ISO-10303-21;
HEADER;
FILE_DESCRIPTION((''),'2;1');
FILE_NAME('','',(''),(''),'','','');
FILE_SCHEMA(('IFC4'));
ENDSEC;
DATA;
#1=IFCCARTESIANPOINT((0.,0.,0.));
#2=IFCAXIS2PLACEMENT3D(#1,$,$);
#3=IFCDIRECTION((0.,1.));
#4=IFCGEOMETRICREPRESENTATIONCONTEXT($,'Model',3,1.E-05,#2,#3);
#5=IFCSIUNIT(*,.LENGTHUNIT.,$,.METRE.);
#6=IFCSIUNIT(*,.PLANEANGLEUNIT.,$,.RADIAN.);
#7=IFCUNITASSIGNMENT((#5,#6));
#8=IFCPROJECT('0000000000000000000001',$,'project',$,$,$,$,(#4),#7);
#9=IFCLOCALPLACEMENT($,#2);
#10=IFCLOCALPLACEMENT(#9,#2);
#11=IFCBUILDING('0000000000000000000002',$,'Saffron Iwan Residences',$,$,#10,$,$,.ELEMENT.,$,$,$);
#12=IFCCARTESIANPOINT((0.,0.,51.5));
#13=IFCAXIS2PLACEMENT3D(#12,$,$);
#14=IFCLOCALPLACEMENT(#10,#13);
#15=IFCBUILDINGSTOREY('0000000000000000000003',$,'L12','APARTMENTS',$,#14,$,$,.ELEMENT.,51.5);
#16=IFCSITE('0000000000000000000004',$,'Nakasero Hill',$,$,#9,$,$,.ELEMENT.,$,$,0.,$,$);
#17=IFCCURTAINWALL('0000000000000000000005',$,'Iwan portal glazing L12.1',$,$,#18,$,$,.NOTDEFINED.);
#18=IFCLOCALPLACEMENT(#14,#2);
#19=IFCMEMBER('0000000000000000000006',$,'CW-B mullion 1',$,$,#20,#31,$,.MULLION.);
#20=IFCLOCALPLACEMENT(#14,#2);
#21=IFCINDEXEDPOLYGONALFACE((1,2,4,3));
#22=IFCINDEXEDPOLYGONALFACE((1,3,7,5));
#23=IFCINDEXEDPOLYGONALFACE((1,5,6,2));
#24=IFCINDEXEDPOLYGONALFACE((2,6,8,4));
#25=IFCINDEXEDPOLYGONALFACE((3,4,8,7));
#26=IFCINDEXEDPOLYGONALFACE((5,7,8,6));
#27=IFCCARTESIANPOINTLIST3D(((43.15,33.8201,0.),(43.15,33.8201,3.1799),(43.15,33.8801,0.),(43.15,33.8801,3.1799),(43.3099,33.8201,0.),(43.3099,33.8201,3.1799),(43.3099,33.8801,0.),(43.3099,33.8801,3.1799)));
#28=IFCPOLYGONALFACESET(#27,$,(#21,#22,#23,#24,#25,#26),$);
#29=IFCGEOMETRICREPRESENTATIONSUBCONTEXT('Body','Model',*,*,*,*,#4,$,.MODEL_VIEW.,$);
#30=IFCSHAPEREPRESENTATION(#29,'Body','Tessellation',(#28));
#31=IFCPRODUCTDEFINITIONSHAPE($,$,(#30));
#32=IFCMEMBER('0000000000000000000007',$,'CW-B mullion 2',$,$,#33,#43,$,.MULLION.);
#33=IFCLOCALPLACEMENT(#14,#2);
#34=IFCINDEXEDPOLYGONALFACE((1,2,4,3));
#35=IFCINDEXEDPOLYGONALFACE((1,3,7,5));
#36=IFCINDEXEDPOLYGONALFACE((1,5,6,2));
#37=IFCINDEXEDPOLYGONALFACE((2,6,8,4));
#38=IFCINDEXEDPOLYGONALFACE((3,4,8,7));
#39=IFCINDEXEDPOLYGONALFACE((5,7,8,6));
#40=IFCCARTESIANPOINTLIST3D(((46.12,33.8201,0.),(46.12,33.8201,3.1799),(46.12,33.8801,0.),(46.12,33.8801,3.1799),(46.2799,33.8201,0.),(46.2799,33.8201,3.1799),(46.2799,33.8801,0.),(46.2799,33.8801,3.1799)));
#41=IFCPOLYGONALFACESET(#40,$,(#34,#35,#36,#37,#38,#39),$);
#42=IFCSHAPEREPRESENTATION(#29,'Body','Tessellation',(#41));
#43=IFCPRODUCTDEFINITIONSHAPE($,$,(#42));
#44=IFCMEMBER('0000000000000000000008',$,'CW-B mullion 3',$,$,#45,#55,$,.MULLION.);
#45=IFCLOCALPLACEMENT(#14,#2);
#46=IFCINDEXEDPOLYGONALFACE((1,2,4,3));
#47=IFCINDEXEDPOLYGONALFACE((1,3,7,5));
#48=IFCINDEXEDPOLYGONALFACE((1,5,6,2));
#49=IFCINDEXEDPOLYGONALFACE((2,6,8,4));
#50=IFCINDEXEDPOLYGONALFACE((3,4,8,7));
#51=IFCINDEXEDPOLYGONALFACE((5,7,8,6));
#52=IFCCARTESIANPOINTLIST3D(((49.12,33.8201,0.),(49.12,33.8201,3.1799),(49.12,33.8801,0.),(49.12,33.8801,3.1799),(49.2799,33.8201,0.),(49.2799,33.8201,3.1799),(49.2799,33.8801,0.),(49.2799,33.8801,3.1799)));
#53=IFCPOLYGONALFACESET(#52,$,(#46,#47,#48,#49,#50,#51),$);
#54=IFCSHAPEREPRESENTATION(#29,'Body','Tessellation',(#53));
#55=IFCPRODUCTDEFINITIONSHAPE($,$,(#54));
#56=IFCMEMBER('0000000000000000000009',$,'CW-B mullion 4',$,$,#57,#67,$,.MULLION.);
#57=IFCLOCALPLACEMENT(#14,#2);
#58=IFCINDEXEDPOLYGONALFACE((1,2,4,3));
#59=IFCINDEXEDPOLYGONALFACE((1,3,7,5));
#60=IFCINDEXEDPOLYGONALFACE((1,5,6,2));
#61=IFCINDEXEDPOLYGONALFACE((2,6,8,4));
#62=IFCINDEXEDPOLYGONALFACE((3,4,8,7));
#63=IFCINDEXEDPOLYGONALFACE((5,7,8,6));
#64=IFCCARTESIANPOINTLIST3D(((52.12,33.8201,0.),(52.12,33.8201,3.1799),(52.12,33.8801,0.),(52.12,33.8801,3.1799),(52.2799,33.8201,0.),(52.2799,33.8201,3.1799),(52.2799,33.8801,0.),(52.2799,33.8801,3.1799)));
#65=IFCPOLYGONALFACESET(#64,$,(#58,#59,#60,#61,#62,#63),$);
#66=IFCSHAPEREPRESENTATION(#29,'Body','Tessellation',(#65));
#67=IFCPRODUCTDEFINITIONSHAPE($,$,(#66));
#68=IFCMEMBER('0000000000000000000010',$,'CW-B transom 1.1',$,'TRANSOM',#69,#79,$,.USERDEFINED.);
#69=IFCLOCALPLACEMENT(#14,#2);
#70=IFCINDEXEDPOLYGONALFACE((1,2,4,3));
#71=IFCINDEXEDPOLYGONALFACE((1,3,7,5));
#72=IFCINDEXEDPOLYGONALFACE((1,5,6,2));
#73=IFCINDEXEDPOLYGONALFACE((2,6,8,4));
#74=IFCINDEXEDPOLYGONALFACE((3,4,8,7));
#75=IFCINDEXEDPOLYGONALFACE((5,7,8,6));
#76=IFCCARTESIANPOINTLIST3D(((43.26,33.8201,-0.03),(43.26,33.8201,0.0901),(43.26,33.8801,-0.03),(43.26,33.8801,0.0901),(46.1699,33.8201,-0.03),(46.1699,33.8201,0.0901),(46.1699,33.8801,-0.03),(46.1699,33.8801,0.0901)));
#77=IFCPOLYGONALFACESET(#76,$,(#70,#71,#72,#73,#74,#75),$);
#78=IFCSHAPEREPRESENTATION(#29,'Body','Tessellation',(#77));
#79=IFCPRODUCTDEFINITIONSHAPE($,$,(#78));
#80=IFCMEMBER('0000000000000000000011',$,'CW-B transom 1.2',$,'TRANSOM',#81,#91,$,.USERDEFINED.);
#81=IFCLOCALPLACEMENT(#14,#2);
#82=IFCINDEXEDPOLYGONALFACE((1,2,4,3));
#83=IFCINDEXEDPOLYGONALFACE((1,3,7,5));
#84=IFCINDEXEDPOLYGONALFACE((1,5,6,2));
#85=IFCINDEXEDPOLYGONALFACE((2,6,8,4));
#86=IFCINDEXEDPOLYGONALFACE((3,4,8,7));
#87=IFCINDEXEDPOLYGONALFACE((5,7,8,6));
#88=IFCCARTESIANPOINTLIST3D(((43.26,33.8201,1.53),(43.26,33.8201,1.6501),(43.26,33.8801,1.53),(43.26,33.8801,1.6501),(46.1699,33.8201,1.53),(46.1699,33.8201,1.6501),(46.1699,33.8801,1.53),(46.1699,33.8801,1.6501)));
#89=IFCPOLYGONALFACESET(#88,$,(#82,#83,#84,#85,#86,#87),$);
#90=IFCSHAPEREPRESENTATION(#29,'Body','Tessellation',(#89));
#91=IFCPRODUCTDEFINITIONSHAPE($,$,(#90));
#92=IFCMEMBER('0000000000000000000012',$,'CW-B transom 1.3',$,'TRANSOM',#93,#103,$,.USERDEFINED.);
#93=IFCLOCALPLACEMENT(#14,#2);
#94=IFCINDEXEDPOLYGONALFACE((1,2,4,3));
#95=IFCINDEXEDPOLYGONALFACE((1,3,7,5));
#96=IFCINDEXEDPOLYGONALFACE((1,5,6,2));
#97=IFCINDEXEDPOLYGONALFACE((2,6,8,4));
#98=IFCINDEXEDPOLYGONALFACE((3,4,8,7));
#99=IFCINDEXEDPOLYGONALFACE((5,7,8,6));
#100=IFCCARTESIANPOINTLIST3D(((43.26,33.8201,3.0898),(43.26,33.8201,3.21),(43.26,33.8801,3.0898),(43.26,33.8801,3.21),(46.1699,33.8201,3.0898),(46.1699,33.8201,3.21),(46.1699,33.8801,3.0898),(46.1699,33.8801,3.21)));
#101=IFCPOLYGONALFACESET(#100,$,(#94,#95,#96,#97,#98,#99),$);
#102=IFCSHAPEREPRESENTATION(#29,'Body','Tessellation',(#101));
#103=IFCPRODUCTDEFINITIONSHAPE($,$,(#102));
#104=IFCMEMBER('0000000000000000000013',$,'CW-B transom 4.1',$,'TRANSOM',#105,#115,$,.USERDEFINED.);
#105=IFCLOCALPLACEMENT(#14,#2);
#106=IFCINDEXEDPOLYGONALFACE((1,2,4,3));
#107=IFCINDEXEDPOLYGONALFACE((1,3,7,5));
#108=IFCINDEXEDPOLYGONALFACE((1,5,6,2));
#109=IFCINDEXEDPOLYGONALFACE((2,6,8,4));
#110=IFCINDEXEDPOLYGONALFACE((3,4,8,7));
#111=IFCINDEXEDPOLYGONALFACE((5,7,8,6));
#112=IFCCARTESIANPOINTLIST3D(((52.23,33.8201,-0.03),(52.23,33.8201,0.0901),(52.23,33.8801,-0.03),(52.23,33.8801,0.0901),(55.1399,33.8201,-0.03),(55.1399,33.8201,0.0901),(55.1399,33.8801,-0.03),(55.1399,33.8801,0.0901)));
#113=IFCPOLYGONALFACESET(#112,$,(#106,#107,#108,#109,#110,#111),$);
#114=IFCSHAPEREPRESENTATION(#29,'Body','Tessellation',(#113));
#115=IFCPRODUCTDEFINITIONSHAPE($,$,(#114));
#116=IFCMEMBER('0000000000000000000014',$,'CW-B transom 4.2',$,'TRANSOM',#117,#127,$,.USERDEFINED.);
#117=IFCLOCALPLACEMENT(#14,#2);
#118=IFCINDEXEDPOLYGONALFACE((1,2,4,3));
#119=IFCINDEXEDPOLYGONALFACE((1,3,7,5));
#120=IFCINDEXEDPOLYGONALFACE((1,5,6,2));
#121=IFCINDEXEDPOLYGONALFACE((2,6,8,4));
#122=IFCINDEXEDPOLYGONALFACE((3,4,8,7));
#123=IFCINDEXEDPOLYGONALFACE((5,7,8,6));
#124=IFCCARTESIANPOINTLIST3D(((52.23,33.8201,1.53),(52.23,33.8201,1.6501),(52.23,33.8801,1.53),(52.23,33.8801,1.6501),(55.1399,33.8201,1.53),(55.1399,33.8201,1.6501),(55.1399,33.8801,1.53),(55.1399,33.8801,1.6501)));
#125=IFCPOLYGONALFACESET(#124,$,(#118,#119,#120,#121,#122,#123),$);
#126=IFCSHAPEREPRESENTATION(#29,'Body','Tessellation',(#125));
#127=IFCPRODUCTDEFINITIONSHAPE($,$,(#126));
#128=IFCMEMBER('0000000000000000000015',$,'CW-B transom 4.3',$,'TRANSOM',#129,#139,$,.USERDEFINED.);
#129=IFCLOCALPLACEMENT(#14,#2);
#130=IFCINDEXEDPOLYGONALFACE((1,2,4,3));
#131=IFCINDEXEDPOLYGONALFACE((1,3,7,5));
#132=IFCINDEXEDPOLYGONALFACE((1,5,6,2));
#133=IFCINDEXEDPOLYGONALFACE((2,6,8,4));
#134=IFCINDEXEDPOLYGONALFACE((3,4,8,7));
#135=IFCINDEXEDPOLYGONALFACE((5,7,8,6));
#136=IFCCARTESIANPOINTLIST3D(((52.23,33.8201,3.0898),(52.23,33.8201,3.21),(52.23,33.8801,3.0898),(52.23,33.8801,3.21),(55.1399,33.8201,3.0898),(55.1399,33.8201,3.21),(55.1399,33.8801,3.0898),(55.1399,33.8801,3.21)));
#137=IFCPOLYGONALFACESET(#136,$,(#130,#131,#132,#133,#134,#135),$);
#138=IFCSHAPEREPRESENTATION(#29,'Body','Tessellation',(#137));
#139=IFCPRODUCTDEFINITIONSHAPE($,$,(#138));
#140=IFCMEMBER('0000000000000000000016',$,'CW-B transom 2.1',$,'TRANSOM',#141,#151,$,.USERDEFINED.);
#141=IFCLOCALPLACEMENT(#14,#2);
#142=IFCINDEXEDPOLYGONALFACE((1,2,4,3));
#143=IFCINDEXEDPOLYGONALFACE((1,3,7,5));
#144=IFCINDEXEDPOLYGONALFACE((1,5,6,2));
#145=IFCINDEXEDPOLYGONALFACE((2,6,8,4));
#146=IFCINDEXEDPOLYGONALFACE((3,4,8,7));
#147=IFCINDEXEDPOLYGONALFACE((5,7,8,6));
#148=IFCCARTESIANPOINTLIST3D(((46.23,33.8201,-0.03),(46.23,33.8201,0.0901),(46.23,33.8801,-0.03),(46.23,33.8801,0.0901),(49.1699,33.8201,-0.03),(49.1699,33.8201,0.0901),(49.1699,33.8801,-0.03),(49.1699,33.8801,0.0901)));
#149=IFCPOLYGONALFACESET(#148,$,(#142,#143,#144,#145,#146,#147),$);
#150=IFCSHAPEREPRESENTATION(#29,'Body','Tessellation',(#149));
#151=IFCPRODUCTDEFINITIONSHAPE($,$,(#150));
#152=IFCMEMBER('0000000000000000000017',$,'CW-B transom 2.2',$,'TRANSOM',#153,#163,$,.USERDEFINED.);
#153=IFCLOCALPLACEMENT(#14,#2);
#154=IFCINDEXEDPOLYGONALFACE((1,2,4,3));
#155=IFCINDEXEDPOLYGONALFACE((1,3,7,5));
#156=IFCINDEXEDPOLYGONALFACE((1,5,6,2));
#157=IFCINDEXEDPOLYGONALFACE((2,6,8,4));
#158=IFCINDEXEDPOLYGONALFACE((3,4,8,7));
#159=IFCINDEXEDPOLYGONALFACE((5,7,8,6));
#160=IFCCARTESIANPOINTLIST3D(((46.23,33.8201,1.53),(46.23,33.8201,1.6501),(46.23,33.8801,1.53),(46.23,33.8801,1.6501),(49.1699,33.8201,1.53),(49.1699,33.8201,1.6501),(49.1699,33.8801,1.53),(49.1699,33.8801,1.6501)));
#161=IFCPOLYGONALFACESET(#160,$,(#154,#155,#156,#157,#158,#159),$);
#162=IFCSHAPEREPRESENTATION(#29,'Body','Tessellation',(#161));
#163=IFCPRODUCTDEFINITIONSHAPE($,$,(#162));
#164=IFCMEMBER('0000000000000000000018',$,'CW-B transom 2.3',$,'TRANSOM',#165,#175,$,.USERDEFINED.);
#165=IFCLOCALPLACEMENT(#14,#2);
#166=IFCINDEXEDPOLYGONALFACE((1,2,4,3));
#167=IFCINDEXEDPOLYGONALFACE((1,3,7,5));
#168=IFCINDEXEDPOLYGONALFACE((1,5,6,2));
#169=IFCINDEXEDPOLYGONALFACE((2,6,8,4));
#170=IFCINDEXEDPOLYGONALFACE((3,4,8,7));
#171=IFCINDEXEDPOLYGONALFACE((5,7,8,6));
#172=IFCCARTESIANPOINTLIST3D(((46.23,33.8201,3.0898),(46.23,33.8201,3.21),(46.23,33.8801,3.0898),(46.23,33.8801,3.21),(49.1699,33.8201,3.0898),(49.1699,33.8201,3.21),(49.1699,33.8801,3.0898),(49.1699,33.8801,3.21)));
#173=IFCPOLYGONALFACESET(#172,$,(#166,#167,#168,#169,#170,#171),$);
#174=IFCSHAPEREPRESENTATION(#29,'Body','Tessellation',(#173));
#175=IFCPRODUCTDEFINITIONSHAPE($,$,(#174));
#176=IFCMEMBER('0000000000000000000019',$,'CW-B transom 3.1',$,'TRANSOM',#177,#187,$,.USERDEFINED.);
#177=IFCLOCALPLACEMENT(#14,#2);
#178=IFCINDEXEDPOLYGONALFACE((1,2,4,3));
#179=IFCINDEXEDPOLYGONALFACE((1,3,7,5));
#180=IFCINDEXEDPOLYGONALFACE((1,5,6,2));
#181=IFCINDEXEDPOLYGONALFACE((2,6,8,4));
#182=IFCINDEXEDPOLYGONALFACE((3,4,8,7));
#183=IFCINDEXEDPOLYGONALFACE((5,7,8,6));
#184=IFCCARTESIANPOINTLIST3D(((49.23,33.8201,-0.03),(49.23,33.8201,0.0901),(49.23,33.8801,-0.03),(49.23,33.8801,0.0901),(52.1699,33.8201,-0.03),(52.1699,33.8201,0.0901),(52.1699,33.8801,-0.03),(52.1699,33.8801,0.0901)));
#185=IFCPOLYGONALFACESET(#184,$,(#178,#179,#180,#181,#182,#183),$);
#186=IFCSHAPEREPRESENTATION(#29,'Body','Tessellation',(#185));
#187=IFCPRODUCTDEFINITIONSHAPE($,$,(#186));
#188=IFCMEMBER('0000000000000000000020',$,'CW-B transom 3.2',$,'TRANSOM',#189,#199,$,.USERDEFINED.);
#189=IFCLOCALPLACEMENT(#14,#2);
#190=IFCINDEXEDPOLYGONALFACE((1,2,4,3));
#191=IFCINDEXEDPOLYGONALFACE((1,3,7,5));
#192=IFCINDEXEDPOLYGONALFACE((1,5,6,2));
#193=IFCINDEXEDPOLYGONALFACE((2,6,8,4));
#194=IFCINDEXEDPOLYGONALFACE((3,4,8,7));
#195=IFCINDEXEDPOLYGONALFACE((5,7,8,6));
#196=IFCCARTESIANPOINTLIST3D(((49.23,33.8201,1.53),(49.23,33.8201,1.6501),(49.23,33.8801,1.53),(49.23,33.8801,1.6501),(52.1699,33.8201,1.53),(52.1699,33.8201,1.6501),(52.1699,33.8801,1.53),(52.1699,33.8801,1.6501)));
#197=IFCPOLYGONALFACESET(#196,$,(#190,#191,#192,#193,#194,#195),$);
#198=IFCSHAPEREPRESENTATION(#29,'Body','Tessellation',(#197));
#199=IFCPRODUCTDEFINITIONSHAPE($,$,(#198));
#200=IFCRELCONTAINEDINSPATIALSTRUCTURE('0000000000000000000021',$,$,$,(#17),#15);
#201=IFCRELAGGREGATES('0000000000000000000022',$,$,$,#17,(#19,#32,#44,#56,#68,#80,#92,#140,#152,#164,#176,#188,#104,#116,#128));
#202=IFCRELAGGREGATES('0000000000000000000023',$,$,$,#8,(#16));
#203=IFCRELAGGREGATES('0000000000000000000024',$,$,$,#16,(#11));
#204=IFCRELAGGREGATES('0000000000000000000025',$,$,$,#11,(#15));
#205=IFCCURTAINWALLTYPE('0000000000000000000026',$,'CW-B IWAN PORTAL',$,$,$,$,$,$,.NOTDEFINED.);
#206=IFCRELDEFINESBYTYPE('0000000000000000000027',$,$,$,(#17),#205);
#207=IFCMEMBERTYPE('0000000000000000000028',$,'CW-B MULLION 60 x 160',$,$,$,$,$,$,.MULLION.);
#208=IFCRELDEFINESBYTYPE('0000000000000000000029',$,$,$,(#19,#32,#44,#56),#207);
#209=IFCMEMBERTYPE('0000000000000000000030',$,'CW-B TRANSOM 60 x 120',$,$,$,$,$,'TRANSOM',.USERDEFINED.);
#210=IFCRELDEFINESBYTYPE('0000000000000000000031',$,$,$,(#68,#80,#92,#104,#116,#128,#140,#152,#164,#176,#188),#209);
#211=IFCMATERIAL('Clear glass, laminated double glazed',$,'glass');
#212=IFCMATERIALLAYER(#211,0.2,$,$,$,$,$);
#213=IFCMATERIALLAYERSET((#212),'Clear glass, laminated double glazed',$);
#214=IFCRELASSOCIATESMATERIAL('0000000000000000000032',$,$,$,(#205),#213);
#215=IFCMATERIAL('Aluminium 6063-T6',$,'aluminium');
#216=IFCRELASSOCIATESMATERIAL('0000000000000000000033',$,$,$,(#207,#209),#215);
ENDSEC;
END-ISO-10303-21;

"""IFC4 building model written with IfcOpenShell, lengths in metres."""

from ifc_helpers import new_model, si_unit, direction, frame, origin, origin_2d, place, context, subcontext, project, spatial, rectangle, extrude, source, transform, mapped, material, layer, layer_set, material_profile, profile_set, type_object, element, aggregate, save


model = new_model("IFC4")

# Units and contexts
model_context = context("Model", 3, precision=1e-05, world=origin(), true_north=direction((0.0, 1.0)))
body_context = subcontext(model_context, "Body", "Model", "MODEL_VIEW")
ifc_project = project(units=[si_unit("LENGTHUNIT", "METRE"), si_unit("PLANEANGLEUNIT", "RADIAN")], contexts=[model_context])

# Site, building, storey
site_placement = place(None, origin())
site = spatial("IfcSite", under=ifc_project, at=site_placement, Name="Nakasero Hill", CompositionType="ELEMENT", RefElevation=0.0)
building_placement = place(site_placement, origin())
building = spatial("IfcBuilding", under=site, at=building_placement, Name="Saffron Iwan Residences", CompositionType="ELEMENT")
storey_placement = place(building_placement, frame((0.0, 0.0, 51.5)))
storey = spatial("IfcBuildingStorey", under=building, at=storey_placement, Name="L12", Description="APARTMENTS", CompositionType="ELEMENT", Elevation=51.5)

# Curtain wall, members
ifc_material_1 = material(Name="Clear glass, laminated double glazed", Category="glass")
ifc_layer_1 = layer(ifc_material_1, 0.2)
ifc_layer_set_1 = layer_set([ifc_layer_1], Name="Clear glass, laminated double glazed")
curtain_wall_type = type_object("IfcCurtainWallType", Name="CW-B IWAN PORTAL", PredefinedType="NOTDEFINED", material=ifc_layer_set_1)
curtain_wall_placement = place(storey_placement, origin())
curtain_wall = element("IfcCurtainWall", 1, at=curtain_wall_placement, inside=storey, type_object=curtain_wall_type, Name="Iwan portal glazing L12.1", PredefinedType="NOTDEFINED")
ifc_material_2 = material(Name="Aluminium 6063-T6", Category="aluminium")
ifc_material_profile_1 = material_profile(ifc_material_2, rectangle(XDim=0.0601, YDim=0.1599, at=origin_2d()), Name="CW-B MULLION 60 x 160")
ifc_profile_set_1 = profile_set([ifc_material_profile_1], Name="Aluminium 6063-T6")
member_type_1 = type_object("IfcMemberType", Name="CW-B MULLION 60 x 160", PredefinedType="MULLION", material=ifc_profile_set_1)
shared_shape_1 = source(origin(), body_context, "Body", "SweptSolid", [
    extrude(rectangle(XDim=0.0601, YDim=0.1599, at=origin_2d()), origin(), (0.0, 0.0, 1.0), 3.1799),
])
member_1_placement = place(storey_placement, frame((43.23, 33.8501, 0.0), z_axis=(0.0, 0.0, 1.0), x_axis=(0.0, 1.0, 0.0)))
member_1 = element("IfcMember", 2, at=member_1_placement, type_object=member_type_1, Name="CW-B mullion 1", PredefinedType="MULLION", context=body_context, shape_type="MappedRepresentation", body=[
    mapped(shared_shape_1, transform((0.0, 0.0, 0.0))),
])
member_2_placement = place(storey_placement, frame((46.2, 33.8501, 0.0), z_axis=(0.0, 0.0, 1.0), x_axis=(0.0, 1.0, 0.0)))
member_2 = element("IfcMember", 3, at=member_2_placement, type_object=member_type_1, Name="CW-B mullion 2", PredefinedType="MULLION", context=body_context, shape_type="MappedRepresentation", body=[
    mapped(shared_shape_1, transform((0.0, 0.0, 0.0))),
])
member_3_placement = place(storey_placement, frame((49.2, 33.8501, 0.0), z_axis=(0.0, 0.0, 1.0), x_axis=(0.0, 1.0, 0.0)))
member_3 = element("IfcMember", 4, at=member_3_placement, type_object=member_type_1, Name="CW-B mullion 3", PredefinedType="MULLION", context=body_context, shape_type="MappedRepresentation", body=[
    mapped(shared_shape_1, transform((0.0, 0.0, 0.0))),
])
member_4_placement = place(storey_placement, frame((52.2, 33.8501, 0.0), z_axis=(0.0, 0.0, 1.0), x_axis=(0.0, 1.0, 0.0)))
member_4 = element("IfcMember", 5, at=member_4_placement, type_object=member_type_1, Name="CW-B mullion 4", PredefinedType="MULLION", context=body_context, shape_type="MappedRepresentation", body=[
    mapped(shared_shape_1, transform((0.0, 0.0, 0.0))),
])
ifc_material_profile_2 = material_profile(ifc_material_2, rectangle(XDim=0.0601, YDim=0.1201, at=origin_2d()), Name="CW-B TRANSOM 60 x 120")
ifc_profile_set_2 = profile_set([ifc_material_profile_2], Name="Aluminium 6063-T6")
member_type_2 = type_object("IfcMemberType", Name="CW-B TRANSOM 60 x 120", ElementType="TRANSOM", PredefinedType="USERDEFINED", material=ifc_profile_set_2)
shared_shape_2 = source(origin(), body_context, "Body", "SweptSolid", [
    extrude(rectangle(XDim=0.0601, YDim=0.1201, at=origin_2d()), origin(), (0.0, 0.0, 1.0), 2.9099),
])
member_5_placement = place(storey_placement, frame((43.26, 33.8501, 0.03), z_axis=(1.0, 0.0, 0.0), x_axis=(0.0, 1.0, 0.0)))
member_5 = element("IfcMember", 6, at=member_5_placement, type_object=member_type_2, Name="CW-B transom 1.1", ObjectType="TRANSOM", PredefinedType="USERDEFINED", context=body_context, shape_type="MappedRepresentation", body=[
    mapped(shared_shape_2, transform((0.0, 0.0, 0.0))),
])
member_6_placement = place(storey_placement, frame((43.26, 33.8501, 1.5901), z_axis=(1.0, 0.0, 0.0), x_axis=(0.0, 1.0, 0.0)))
member_6 = element("IfcMember", 7, at=member_6_placement, type_object=member_type_2, Name="CW-B transom 1.2", ObjectType="TRANSOM", PredefinedType="USERDEFINED", context=body_context, shape_type="MappedRepresentation", body=[
    mapped(shared_shape_2, transform((0.0, 0.0, 0.0))),
])
member_7_placement = place(storey_placement, frame((43.26, 33.8501, 3.1499), z_axis=(1.0, 0.0, 0.0), x_axis=(0.0, 1.0, 0.0)))
member_7 = element("IfcMember", 8, at=member_7_placement, type_object=member_type_2, Name="CW-B transom 1.3", ObjectType="TRANSOM", PredefinedType="USERDEFINED", context=body_context, shape_type="MappedRepresentation", body=[
    mapped(shared_shape_2, transform((0.0, 0.0, 0.0))),
])
member_8_placement = place(storey_placement, frame((52.23, 33.8501, 0.03), z_axis=(1.0, 0.0, 0.0), x_axis=(0.0, 1.0, 0.0)))
member_8 = element("IfcMember", 9, at=member_8_placement, type_object=member_type_2, Name="CW-B transom 4.1", ObjectType="TRANSOM", PredefinedType="USERDEFINED", context=body_context, shape_type="MappedRepresentation", body=[
    mapped(shared_shape_2, transform((0.0, 0.0, 0.0))),
])
member_9_placement = place(storey_placement, frame((52.23, 33.8501, 1.5901), z_axis=(1.0, 0.0, 0.0), x_axis=(0.0, 1.0, 0.0)))
member_9 = element("IfcMember", 10, at=member_9_placement, type_object=member_type_2, Name="CW-B transom 4.2", ObjectType="TRANSOM", PredefinedType="USERDEFINED", context=body_context, shape_type="MappedRepresentation", body=[
    mapped(shared_shape_2, transform((0.0, 0.0, 0.0))),
])
member_10_placement = place(storey_placement, frame((52.23, 33.8501, 3.1499), z_axis=(1.0, 0.0, 0.0), x_axis=(0.0, 1.0, 0.0)))
member_10 = element("IfcMember", 11, at=member_10_placement, type_object=member_type_2, Name="CW-B transom 4.3", ObjectType="TRANSOM", PredefinedType="USERDEFINED", context=body_context, shape_type="MappedRepresentation", body=[
    mapped(shared_shape_2, transform((0.0, 0.0, 0.0))),
])
shared_shape_3 = source(origin(), body_context, "Body", "SweptSolid", [
    extrude(rectangle(XDim=0.0601, YDim=0.1201, at=origin_2d()), origin(), (0.0, 0.0, 1.0), 2.9399),
])
member_11_placement = place(storey_placement, frame((46.23, 33.8501, 0.03), z_axis=(1.0, 0.0, 0.0), x_axis=(0.0, 1.0, 0.0)))
member_11 = element("IfcMember", 12, at=member_11_placement, type_object=member_type_2, Name="CW-B transom 2.1", ObjectType="TRANSOM", PredefinedType="USERDEFINED", context=body_context, shape_type="MappedRepresentation", body=[
    mapped(shared_shape_3, transform((0.0, 0.0, 0.0))),
])
member_12_placement = place(storey_placement, frame((46.23, 33.8501, 1.5901), z_axis=(1.0, 0.0, 0.0), x_axis=(0.0, 1.0, 0.0)))
member_12 = element("IfcMember", 13, at=member_12_placement, type_object=member_type_2, Name="CW-B transom 2.2", ObjectType="TRANSOM", PredefinedType="USERDEFINED", context=body_context, shape_type="MappedRepresentation", body=[
    mapped(shared_shape_3, transform((0.0, 0.0, 0.0))),
])
member_13_placement = place(storey_placement, frame((46.23, 33.8501, 3.1499), z_axis=(1.0, 0.0, 0.0), x_axis=(0.0, 1.0, 0.0)))
member_13 = element("IfcMember", 14, at=member_13_placement, type_object=member_type_2, Name="CW-B transom 2.3", ObjectType="TRANSOM", PredefinedType="USERDEFINED", context=body_context, shape_type="MappedRepresentation", body=[
    mapped(shared_shape_3, transform((0.0, 0.0, 0.0))),
])
member_14_placement = place(storey_placement, frame((49.23, 33.8501, 0.03), z_axis=(1.0, 0.0, 0.0), x_axis=(0.0, 1.0, 0.0)))
member_14 = element("IfcMember", 15, at=member_14_placement, type_object=member_type_2, Name="CW-B transom 3.1", ObjectType="TRANSOM", PredefinedType="USERDEFINED", context=body_context, shape_type="MappedRepresentation", body=[
    mapped(shared_shape_3, transform((0.0, 0.0, 0.0))),
])
member_15_placement = place(storey_placement, frame((49.23, 33.8501, 1.5901), z_axis=(1.0, 0.0, 0.0), x_axis=(0.0, 1.0, 0.0)))
member_15 = element("IfcMember", 16, at=member_15_placement, type_object=member_type_2, Name="CW-B transom 3.2", ObjectType="TRANSOM", PredefinedType="USERDEFINED", context=body_context, shape_type="MappedRepresentation", body=[
    mapped(shared_shape_3, transform((0.0, 0.0, 0.0))),
])
aggregate(curtain_wall, [member_1, member_2, member_3, member_4, member_5, member_6, member_7, member_11, member_12, member_13, member_14, member_15, member_8, member_9, member_10])

save(model, "model.ifc")
